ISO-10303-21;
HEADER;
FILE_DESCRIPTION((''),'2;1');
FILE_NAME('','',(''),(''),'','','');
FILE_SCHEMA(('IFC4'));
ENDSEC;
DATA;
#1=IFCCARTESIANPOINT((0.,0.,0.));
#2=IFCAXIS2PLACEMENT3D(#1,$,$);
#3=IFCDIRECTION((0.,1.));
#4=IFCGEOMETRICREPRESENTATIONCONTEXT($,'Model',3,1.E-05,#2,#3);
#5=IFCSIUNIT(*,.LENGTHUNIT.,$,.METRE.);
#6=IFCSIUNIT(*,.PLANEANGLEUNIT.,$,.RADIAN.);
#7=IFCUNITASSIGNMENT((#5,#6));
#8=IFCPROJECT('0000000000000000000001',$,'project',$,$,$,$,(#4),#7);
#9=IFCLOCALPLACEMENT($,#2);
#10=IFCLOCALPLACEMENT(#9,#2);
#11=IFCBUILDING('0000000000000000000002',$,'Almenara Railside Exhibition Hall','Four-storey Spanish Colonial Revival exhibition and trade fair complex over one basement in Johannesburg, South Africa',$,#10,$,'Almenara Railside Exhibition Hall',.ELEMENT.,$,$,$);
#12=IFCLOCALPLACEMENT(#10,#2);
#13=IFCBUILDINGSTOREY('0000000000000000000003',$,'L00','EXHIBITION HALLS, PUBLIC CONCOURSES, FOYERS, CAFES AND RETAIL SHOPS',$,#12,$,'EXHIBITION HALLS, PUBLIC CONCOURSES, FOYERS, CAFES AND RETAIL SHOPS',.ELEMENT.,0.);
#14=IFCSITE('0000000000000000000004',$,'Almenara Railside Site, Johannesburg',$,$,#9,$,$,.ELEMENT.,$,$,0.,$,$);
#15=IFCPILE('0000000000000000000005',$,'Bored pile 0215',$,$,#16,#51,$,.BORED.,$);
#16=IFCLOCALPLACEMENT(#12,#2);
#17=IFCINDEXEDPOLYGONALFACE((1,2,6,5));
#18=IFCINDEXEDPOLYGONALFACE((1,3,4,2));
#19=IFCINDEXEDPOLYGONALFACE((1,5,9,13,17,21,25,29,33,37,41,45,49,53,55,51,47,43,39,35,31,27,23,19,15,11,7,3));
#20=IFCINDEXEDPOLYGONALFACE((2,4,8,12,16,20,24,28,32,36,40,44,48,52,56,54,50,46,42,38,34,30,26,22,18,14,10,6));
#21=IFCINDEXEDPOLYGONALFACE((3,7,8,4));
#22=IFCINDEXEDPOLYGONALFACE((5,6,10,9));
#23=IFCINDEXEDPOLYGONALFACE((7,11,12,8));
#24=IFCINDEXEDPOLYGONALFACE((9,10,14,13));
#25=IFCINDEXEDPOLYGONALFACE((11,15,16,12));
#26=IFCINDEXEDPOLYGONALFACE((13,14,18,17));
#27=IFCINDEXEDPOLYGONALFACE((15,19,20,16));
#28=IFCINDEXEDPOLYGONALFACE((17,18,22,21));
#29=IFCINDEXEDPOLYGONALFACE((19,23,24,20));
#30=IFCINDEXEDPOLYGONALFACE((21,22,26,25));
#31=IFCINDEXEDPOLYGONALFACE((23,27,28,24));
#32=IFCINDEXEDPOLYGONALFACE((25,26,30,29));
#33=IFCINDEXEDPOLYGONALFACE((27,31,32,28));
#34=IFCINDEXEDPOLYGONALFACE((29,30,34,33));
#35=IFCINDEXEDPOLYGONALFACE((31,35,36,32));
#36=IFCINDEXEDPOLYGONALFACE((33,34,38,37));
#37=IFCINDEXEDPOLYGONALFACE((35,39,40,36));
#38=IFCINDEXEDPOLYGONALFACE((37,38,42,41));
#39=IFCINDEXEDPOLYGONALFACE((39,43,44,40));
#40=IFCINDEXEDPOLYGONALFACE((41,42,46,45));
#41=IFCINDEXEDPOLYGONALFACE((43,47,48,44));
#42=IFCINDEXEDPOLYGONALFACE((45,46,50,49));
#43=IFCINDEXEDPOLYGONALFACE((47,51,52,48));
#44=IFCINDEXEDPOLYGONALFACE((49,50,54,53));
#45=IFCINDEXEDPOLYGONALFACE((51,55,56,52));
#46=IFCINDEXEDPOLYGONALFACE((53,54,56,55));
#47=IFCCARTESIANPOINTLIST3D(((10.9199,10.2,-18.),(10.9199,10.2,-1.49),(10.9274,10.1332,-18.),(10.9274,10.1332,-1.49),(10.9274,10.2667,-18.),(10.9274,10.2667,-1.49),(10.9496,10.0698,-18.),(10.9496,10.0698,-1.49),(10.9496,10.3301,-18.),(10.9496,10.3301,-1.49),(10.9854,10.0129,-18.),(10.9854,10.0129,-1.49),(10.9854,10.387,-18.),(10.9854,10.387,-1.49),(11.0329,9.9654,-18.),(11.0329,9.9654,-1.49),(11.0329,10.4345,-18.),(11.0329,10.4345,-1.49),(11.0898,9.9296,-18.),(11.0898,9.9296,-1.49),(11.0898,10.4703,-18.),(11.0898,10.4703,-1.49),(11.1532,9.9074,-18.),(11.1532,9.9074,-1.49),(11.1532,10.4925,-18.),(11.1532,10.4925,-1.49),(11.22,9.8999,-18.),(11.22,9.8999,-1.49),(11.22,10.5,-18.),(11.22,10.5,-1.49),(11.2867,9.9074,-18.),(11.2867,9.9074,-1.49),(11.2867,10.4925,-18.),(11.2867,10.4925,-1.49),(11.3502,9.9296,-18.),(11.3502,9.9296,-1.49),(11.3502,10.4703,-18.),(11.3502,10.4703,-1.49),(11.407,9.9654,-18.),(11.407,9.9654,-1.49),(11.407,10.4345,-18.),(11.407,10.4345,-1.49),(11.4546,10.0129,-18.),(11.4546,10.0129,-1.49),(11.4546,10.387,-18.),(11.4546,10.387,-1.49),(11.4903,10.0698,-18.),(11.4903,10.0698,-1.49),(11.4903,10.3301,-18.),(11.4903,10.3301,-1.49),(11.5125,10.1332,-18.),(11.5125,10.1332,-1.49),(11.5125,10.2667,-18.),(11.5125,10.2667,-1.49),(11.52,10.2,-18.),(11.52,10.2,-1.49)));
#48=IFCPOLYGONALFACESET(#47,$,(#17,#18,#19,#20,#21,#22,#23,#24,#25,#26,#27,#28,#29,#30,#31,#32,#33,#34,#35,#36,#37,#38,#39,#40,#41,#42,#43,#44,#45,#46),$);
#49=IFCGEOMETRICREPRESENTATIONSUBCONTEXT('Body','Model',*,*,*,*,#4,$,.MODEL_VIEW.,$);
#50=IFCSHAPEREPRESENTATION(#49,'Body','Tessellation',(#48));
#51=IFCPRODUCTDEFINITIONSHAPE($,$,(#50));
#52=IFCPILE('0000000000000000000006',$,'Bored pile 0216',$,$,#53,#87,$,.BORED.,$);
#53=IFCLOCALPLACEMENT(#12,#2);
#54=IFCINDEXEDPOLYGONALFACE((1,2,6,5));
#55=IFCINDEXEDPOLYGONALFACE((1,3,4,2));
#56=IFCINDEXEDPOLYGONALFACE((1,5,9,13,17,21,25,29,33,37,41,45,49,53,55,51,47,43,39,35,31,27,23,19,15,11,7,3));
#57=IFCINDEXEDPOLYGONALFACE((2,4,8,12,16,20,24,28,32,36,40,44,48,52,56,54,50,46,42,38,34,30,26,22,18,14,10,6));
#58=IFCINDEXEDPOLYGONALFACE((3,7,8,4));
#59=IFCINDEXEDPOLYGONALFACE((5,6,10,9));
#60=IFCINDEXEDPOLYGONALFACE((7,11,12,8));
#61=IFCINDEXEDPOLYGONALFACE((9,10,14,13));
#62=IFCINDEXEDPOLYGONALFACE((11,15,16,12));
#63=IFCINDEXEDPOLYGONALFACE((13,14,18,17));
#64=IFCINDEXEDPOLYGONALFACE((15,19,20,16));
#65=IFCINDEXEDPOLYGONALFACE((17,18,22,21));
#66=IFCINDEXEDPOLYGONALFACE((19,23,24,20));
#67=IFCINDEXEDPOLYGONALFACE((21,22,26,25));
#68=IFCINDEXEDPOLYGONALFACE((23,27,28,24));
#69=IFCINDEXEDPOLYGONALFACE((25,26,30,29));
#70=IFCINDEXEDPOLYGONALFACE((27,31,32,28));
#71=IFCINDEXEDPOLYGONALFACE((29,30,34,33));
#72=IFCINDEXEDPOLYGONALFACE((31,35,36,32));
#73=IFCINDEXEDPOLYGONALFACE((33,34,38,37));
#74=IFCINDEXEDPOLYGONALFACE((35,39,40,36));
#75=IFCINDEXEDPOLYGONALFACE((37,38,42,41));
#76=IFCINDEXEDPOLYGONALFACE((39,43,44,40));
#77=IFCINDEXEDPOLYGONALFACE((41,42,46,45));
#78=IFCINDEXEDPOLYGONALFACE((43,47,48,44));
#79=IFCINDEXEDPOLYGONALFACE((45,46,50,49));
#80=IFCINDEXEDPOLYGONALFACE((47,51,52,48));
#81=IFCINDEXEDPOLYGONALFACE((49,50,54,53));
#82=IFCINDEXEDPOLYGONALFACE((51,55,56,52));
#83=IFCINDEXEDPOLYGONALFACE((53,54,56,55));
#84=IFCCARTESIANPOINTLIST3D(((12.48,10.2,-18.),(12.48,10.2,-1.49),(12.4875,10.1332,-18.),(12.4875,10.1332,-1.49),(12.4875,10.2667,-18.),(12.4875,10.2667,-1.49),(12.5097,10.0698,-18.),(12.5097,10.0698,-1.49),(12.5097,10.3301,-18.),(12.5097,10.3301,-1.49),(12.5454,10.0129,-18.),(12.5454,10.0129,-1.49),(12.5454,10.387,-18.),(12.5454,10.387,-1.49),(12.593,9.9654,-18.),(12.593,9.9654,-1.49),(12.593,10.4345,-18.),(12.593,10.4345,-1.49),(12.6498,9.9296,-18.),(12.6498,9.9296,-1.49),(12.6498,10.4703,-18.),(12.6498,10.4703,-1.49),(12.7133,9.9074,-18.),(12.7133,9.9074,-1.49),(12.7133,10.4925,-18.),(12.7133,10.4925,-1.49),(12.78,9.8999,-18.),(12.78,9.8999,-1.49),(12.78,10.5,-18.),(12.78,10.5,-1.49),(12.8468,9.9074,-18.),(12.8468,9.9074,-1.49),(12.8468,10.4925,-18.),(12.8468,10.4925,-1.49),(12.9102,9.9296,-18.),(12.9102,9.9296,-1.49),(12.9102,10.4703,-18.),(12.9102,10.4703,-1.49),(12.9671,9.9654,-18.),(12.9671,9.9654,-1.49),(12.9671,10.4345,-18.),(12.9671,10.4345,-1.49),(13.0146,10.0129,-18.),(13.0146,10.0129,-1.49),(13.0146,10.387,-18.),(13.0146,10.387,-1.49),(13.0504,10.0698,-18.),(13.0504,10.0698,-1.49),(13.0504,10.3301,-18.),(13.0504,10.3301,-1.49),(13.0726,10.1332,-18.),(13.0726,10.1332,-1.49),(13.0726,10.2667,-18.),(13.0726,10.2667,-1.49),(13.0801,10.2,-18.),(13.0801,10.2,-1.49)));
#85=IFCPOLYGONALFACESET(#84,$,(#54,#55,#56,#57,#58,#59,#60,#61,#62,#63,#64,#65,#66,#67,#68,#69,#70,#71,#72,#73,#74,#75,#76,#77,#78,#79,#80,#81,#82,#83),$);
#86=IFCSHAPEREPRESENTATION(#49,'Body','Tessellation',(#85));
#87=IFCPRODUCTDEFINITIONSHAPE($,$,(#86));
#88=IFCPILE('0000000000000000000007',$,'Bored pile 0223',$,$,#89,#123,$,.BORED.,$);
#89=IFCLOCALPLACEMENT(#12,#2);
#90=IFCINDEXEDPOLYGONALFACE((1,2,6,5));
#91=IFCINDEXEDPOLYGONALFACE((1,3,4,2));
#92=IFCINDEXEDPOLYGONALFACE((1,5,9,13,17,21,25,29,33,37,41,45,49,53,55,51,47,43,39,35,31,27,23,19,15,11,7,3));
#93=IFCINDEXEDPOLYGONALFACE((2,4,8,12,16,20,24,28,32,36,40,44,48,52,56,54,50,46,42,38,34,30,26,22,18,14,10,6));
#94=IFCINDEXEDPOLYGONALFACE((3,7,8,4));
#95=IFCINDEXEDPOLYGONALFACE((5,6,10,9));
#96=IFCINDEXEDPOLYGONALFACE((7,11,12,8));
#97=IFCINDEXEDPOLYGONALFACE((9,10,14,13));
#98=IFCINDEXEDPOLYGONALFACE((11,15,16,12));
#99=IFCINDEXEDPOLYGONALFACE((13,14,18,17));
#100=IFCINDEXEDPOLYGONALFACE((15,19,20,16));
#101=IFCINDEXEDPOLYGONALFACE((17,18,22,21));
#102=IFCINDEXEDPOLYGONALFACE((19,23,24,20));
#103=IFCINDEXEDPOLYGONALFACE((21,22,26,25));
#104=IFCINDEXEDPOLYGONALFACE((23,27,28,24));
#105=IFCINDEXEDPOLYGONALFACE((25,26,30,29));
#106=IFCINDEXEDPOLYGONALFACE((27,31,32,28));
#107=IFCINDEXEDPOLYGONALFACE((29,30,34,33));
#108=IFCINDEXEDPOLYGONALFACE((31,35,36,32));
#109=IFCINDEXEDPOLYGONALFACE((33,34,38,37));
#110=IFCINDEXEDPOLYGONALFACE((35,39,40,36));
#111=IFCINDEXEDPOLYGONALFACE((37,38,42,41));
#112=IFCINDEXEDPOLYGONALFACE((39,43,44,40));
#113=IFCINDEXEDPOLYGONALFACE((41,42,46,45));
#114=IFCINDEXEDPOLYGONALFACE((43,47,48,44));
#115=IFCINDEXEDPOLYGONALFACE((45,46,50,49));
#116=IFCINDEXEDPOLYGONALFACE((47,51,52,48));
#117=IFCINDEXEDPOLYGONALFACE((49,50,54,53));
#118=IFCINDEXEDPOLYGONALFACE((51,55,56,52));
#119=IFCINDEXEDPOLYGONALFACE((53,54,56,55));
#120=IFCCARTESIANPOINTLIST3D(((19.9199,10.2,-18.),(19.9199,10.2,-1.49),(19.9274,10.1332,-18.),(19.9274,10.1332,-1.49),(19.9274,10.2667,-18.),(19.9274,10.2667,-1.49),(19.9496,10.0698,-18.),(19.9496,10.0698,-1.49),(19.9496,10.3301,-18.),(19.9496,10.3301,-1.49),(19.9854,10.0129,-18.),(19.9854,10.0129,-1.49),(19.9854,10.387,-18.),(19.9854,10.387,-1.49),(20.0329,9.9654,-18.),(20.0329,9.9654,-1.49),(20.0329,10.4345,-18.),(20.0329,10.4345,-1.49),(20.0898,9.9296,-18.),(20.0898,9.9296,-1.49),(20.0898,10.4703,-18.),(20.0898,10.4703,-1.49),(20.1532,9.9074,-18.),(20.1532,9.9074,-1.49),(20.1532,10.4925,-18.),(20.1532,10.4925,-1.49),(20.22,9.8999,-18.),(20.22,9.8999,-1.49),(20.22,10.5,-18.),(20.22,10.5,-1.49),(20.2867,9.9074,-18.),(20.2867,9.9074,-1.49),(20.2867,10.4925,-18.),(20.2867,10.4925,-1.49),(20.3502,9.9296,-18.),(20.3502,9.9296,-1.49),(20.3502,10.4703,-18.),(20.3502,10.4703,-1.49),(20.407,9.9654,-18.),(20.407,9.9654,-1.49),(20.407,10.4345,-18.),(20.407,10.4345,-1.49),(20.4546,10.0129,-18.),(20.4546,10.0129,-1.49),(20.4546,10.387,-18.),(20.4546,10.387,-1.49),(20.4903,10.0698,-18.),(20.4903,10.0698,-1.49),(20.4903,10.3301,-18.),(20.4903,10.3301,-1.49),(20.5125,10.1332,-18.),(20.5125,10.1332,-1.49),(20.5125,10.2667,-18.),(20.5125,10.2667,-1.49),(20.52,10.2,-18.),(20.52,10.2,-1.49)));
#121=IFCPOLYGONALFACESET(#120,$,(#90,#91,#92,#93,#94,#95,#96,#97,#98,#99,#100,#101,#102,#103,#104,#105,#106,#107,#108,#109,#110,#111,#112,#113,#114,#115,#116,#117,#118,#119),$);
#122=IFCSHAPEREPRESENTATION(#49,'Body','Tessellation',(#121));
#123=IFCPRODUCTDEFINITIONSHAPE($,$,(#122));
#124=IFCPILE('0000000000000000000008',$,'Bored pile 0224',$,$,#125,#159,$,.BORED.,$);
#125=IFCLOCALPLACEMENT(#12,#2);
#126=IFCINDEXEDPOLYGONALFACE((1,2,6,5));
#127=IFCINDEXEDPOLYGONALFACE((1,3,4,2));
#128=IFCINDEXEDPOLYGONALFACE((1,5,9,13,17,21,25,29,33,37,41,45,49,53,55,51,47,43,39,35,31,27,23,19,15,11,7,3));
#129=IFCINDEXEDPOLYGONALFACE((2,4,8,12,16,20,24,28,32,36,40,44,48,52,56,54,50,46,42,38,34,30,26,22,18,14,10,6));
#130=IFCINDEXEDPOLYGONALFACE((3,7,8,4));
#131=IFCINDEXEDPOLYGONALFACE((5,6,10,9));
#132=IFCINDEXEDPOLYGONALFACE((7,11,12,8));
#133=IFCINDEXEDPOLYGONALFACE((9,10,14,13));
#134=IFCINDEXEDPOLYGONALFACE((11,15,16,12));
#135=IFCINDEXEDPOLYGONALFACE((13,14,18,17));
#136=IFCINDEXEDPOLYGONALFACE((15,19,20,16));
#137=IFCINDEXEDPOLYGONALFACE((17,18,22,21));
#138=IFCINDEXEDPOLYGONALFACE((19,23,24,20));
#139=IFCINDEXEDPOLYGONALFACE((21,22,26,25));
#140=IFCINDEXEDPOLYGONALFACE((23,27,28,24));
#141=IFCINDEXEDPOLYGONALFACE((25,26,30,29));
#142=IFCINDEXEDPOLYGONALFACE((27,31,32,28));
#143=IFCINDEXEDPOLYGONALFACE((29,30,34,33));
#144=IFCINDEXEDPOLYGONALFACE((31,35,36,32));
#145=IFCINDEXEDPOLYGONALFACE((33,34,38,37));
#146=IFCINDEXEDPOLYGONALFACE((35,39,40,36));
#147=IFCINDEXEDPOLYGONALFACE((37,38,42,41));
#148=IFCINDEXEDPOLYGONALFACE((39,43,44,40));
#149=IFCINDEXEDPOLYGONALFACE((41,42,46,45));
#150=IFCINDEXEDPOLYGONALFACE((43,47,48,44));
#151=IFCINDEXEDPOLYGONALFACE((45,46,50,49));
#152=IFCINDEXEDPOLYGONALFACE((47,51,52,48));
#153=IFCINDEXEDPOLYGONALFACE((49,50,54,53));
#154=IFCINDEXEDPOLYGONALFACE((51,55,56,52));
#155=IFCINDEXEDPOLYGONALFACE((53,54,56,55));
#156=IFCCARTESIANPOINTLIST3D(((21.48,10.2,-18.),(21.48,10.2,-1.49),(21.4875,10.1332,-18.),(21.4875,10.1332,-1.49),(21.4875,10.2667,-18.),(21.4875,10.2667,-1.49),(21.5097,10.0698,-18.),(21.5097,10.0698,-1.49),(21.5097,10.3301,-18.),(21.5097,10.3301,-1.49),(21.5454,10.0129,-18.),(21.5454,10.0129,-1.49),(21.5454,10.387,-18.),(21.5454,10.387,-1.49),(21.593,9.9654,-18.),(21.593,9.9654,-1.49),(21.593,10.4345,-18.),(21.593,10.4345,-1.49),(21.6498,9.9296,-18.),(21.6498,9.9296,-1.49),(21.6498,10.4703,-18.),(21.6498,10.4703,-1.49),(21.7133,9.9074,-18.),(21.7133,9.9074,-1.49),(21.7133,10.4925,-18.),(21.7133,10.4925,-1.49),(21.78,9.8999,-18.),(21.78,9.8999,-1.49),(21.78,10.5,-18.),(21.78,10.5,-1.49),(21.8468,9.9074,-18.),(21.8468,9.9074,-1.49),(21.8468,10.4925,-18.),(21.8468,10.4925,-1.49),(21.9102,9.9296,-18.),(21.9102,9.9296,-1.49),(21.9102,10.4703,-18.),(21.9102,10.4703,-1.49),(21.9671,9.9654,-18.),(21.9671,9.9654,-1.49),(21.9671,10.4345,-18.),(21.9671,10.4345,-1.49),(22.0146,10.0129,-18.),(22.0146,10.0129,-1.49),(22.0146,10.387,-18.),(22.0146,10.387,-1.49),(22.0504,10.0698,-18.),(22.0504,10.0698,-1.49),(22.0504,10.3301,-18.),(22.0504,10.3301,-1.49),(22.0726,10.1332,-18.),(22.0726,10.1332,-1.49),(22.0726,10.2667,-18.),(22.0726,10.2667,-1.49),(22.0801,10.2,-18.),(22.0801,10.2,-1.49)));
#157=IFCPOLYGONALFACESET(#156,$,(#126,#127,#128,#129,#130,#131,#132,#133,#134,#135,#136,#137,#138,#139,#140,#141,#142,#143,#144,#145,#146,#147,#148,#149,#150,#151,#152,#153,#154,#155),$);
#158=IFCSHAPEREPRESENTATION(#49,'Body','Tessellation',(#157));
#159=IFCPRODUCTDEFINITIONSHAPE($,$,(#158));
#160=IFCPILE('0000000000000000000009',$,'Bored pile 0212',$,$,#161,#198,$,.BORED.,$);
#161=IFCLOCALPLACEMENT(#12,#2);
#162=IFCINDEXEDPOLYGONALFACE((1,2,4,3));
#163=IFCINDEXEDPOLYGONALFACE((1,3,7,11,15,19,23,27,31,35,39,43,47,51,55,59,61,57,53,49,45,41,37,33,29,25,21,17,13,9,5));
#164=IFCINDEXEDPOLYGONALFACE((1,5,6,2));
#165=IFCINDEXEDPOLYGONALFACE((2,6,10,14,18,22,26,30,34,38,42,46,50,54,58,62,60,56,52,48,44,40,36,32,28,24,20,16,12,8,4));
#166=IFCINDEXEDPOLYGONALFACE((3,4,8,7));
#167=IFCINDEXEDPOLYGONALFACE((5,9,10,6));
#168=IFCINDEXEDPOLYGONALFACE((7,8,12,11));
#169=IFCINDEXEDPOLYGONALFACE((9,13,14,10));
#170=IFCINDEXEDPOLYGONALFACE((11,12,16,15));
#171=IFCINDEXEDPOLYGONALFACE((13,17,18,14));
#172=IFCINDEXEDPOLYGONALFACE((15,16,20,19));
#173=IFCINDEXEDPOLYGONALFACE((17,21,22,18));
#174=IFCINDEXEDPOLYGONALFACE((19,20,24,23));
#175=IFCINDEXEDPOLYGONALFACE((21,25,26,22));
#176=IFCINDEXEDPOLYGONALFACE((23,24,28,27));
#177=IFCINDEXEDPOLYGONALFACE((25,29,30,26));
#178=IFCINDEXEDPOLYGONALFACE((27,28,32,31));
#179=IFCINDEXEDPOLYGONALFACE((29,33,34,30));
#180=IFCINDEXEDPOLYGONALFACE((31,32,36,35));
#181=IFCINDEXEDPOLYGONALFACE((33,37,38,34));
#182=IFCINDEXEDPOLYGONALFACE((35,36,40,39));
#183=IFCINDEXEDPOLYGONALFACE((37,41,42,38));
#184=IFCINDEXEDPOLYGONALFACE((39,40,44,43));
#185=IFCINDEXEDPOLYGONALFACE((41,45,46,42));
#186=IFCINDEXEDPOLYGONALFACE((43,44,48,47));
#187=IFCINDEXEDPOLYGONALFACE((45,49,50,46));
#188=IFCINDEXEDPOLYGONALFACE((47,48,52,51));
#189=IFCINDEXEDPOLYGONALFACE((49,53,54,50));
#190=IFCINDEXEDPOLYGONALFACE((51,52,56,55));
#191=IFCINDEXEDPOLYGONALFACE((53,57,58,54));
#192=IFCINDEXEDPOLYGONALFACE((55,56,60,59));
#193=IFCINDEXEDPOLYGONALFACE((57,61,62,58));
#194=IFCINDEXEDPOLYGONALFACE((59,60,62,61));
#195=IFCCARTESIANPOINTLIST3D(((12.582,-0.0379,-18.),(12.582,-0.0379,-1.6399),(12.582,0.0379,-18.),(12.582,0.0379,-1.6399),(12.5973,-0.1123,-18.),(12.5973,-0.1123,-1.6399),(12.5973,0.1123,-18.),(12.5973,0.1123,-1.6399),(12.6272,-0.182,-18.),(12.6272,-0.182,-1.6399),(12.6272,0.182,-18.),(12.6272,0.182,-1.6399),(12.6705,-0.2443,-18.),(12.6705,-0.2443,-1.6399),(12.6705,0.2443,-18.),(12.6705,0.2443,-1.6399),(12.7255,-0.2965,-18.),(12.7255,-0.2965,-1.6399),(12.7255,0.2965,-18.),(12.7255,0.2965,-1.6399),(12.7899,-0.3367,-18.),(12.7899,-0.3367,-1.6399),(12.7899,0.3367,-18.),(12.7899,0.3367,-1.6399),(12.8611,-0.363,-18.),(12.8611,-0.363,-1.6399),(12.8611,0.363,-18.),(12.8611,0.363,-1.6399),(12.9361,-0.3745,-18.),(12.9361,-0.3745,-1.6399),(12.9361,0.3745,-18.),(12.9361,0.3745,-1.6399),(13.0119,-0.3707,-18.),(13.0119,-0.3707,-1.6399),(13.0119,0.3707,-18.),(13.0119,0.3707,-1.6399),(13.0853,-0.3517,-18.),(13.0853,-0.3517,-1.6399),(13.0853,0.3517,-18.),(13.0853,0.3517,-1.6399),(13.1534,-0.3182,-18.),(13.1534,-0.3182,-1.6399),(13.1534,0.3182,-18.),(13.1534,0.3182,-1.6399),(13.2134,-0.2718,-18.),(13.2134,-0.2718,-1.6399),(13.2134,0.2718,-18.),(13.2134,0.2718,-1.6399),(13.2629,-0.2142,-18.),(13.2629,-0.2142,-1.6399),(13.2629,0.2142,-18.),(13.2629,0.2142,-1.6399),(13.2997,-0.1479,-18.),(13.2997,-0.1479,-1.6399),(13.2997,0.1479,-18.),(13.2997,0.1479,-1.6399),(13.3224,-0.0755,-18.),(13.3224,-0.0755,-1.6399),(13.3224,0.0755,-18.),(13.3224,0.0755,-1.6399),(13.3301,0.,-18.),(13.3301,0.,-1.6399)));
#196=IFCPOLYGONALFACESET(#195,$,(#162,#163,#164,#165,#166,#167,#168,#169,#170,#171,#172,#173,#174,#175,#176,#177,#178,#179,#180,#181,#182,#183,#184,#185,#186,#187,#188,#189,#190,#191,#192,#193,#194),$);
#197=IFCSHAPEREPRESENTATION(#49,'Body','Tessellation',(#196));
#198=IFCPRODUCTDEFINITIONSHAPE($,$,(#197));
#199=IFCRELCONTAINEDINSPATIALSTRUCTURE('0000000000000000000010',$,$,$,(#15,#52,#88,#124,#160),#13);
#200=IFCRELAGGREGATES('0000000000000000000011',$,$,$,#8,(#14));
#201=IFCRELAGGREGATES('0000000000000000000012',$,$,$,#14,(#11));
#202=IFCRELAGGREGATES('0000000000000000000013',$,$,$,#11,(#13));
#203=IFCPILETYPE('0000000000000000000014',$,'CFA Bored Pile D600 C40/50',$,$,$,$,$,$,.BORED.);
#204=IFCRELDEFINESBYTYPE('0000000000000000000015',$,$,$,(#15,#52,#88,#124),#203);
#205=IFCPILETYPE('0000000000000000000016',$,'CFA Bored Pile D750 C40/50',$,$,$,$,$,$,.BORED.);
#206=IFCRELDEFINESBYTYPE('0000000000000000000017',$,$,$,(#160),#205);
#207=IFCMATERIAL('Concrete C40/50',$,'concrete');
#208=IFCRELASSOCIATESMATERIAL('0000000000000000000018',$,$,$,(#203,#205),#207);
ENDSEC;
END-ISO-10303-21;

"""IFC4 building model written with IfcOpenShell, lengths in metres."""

from ifc_helpers import new_model, si_unit, direction, frame, origin, origin_2d, place, context, subcontext, project, spatial, circle, extrude, material, material_profile, profile_set, type_object, element, save


model = new_model("IFC4")

# Units and contexts
model_context = context("Model", 3, precision=1e-05, world=origin(), true_north=direction((0.0, 1.0)))
body_context = subcontext(model_context, "Body", "Model", "MODEL_VIEW")
ifc_project = project(units=[si_unit("LENGTHUNIT", "METRE"), si_unit("PLANEANGLEUNIT", "RADIAN")], contexts=[model_context])

# Site, building, storey
site_placement = place(None, origin())
site = spatial("IfcSite", under=ifc_project, at=site_placement, Name="Almenara Railside Site, Johannesburg", CompositionType="ELEMENT", RefElevation=0.0)
building_placement = place(site_placement, origin())
building = spatial("IfcBuilding", under=site, at=building_placement, Name="Almenara Railside Exhibition Hall", Description="Four-storey Spanish Colonial Revival exhibition and trade fair complex over one basement in Johannesburg, South Africa", LongName="Almenara Railside Exhibition Hall", CompositionType="ELEMENT")
storey_placement = place(building_placement, origin())
storey = spatial("IfcBuildingStorey", under=building, at=storey_placement, Name="L00", Description="EXHIBITION HALLS, PUBLIC CONCOURSES, FOYERS, CAFES AND RETAIL SHOPS", LongName="EXHIBITION HALLS, PUBLIC CONCOURSES, FOYERS, CAFES AND RETAIL SHOPS", CompositionType="ELEMENT", Elevation=0.0)

# Piles
ifc_material_1 = material(Name="Concrete C40/50", Category="concrete")
ifc_material_profile_1 = material_profile(ifc_material_1, circle(Radius=0.3, at=origin_2d()), Name="CFA-PILE D600")
ifc_profile_set_1 = profile_set([ifc_material_profile_1], Name="Concrete C40/50")
pile_type_1 = type_object("IfcPileType", Name="CFA Bored Pile D600 C40/50", PredefinedType="BORED", material=ifc_profile_set_1)
for number, where, z_axis, x_axis, name in (
    (1, (11.22, 10.2, -1.49), (0.0, 0.0, -1.0), (1.0, 0.0, 0.0), "Bored pile 0215"),
    (2, (12.78, 10.2, -1.49), (0.0, 0.0, -1.0), (1.0, 0.0, 0.0), "Bored pile 0216"),
    (3, (20.22, 10.2, -1.49), (0.0, 0.0, -1.0), (1.0, 0.0, 0.0), "Bored pile 0223"),
    (4, (21.78, 10.2, -1.49), (0.0, 0.0, -1.0), (1.0, 0.0, 0.0), "Bored pile 0224"),
):
    element("IfcPile", number, at=place(storey_placement, frame(where, z_axis=z_axis, x_axis=x_axis)), inside=storey, type_object=pile_type_1, Name=name, PredefinedType="BORED", context=body_context, shape_type="SweptSolid", body=[
        extrude(circle(Radius=0.3, at=origin_2d()), origin(), (0.0, 0.0, 1.0), 16.51),
    ])
ifc_material_profile_2 = material_profile(ifc_material_1, circle(Radius=0.375, at=origin_2d()), Name="CFA-PILE D750")
ifc_profile_set_2 = profile_set([ifc_material_profile_2], Name="Concrete C40/50")
pile_type_2 = type_object("IfcPileType", Name="CFA Bored Pile D750 C40/50", PredefinedType="BORED", material=ifc_profile_set_2)
for number, where, z_axis, x_axis, name in (
    (5, (12.9551, 0.0, -1.6399), (0.0, 0.0, -1.0), (1.0, 0.0, 0.0), "Bored pile 0212"),
):
    element("IfcPile", number, at=place(storey_placement, frame(where, z_axis=z_axis, x_axis=x_axis)), inside=storey, type_object=pile_type_2, Name=name, PredefinedType="BORED", context=body_context, shape_type="SweptSolid", body=[
        extrude(circle(Radius=0.375, at=origin_2d()), origin(), (0.0, 0.0, 1.0), 16.3601),
    ])

save(model, "model.ifc")
